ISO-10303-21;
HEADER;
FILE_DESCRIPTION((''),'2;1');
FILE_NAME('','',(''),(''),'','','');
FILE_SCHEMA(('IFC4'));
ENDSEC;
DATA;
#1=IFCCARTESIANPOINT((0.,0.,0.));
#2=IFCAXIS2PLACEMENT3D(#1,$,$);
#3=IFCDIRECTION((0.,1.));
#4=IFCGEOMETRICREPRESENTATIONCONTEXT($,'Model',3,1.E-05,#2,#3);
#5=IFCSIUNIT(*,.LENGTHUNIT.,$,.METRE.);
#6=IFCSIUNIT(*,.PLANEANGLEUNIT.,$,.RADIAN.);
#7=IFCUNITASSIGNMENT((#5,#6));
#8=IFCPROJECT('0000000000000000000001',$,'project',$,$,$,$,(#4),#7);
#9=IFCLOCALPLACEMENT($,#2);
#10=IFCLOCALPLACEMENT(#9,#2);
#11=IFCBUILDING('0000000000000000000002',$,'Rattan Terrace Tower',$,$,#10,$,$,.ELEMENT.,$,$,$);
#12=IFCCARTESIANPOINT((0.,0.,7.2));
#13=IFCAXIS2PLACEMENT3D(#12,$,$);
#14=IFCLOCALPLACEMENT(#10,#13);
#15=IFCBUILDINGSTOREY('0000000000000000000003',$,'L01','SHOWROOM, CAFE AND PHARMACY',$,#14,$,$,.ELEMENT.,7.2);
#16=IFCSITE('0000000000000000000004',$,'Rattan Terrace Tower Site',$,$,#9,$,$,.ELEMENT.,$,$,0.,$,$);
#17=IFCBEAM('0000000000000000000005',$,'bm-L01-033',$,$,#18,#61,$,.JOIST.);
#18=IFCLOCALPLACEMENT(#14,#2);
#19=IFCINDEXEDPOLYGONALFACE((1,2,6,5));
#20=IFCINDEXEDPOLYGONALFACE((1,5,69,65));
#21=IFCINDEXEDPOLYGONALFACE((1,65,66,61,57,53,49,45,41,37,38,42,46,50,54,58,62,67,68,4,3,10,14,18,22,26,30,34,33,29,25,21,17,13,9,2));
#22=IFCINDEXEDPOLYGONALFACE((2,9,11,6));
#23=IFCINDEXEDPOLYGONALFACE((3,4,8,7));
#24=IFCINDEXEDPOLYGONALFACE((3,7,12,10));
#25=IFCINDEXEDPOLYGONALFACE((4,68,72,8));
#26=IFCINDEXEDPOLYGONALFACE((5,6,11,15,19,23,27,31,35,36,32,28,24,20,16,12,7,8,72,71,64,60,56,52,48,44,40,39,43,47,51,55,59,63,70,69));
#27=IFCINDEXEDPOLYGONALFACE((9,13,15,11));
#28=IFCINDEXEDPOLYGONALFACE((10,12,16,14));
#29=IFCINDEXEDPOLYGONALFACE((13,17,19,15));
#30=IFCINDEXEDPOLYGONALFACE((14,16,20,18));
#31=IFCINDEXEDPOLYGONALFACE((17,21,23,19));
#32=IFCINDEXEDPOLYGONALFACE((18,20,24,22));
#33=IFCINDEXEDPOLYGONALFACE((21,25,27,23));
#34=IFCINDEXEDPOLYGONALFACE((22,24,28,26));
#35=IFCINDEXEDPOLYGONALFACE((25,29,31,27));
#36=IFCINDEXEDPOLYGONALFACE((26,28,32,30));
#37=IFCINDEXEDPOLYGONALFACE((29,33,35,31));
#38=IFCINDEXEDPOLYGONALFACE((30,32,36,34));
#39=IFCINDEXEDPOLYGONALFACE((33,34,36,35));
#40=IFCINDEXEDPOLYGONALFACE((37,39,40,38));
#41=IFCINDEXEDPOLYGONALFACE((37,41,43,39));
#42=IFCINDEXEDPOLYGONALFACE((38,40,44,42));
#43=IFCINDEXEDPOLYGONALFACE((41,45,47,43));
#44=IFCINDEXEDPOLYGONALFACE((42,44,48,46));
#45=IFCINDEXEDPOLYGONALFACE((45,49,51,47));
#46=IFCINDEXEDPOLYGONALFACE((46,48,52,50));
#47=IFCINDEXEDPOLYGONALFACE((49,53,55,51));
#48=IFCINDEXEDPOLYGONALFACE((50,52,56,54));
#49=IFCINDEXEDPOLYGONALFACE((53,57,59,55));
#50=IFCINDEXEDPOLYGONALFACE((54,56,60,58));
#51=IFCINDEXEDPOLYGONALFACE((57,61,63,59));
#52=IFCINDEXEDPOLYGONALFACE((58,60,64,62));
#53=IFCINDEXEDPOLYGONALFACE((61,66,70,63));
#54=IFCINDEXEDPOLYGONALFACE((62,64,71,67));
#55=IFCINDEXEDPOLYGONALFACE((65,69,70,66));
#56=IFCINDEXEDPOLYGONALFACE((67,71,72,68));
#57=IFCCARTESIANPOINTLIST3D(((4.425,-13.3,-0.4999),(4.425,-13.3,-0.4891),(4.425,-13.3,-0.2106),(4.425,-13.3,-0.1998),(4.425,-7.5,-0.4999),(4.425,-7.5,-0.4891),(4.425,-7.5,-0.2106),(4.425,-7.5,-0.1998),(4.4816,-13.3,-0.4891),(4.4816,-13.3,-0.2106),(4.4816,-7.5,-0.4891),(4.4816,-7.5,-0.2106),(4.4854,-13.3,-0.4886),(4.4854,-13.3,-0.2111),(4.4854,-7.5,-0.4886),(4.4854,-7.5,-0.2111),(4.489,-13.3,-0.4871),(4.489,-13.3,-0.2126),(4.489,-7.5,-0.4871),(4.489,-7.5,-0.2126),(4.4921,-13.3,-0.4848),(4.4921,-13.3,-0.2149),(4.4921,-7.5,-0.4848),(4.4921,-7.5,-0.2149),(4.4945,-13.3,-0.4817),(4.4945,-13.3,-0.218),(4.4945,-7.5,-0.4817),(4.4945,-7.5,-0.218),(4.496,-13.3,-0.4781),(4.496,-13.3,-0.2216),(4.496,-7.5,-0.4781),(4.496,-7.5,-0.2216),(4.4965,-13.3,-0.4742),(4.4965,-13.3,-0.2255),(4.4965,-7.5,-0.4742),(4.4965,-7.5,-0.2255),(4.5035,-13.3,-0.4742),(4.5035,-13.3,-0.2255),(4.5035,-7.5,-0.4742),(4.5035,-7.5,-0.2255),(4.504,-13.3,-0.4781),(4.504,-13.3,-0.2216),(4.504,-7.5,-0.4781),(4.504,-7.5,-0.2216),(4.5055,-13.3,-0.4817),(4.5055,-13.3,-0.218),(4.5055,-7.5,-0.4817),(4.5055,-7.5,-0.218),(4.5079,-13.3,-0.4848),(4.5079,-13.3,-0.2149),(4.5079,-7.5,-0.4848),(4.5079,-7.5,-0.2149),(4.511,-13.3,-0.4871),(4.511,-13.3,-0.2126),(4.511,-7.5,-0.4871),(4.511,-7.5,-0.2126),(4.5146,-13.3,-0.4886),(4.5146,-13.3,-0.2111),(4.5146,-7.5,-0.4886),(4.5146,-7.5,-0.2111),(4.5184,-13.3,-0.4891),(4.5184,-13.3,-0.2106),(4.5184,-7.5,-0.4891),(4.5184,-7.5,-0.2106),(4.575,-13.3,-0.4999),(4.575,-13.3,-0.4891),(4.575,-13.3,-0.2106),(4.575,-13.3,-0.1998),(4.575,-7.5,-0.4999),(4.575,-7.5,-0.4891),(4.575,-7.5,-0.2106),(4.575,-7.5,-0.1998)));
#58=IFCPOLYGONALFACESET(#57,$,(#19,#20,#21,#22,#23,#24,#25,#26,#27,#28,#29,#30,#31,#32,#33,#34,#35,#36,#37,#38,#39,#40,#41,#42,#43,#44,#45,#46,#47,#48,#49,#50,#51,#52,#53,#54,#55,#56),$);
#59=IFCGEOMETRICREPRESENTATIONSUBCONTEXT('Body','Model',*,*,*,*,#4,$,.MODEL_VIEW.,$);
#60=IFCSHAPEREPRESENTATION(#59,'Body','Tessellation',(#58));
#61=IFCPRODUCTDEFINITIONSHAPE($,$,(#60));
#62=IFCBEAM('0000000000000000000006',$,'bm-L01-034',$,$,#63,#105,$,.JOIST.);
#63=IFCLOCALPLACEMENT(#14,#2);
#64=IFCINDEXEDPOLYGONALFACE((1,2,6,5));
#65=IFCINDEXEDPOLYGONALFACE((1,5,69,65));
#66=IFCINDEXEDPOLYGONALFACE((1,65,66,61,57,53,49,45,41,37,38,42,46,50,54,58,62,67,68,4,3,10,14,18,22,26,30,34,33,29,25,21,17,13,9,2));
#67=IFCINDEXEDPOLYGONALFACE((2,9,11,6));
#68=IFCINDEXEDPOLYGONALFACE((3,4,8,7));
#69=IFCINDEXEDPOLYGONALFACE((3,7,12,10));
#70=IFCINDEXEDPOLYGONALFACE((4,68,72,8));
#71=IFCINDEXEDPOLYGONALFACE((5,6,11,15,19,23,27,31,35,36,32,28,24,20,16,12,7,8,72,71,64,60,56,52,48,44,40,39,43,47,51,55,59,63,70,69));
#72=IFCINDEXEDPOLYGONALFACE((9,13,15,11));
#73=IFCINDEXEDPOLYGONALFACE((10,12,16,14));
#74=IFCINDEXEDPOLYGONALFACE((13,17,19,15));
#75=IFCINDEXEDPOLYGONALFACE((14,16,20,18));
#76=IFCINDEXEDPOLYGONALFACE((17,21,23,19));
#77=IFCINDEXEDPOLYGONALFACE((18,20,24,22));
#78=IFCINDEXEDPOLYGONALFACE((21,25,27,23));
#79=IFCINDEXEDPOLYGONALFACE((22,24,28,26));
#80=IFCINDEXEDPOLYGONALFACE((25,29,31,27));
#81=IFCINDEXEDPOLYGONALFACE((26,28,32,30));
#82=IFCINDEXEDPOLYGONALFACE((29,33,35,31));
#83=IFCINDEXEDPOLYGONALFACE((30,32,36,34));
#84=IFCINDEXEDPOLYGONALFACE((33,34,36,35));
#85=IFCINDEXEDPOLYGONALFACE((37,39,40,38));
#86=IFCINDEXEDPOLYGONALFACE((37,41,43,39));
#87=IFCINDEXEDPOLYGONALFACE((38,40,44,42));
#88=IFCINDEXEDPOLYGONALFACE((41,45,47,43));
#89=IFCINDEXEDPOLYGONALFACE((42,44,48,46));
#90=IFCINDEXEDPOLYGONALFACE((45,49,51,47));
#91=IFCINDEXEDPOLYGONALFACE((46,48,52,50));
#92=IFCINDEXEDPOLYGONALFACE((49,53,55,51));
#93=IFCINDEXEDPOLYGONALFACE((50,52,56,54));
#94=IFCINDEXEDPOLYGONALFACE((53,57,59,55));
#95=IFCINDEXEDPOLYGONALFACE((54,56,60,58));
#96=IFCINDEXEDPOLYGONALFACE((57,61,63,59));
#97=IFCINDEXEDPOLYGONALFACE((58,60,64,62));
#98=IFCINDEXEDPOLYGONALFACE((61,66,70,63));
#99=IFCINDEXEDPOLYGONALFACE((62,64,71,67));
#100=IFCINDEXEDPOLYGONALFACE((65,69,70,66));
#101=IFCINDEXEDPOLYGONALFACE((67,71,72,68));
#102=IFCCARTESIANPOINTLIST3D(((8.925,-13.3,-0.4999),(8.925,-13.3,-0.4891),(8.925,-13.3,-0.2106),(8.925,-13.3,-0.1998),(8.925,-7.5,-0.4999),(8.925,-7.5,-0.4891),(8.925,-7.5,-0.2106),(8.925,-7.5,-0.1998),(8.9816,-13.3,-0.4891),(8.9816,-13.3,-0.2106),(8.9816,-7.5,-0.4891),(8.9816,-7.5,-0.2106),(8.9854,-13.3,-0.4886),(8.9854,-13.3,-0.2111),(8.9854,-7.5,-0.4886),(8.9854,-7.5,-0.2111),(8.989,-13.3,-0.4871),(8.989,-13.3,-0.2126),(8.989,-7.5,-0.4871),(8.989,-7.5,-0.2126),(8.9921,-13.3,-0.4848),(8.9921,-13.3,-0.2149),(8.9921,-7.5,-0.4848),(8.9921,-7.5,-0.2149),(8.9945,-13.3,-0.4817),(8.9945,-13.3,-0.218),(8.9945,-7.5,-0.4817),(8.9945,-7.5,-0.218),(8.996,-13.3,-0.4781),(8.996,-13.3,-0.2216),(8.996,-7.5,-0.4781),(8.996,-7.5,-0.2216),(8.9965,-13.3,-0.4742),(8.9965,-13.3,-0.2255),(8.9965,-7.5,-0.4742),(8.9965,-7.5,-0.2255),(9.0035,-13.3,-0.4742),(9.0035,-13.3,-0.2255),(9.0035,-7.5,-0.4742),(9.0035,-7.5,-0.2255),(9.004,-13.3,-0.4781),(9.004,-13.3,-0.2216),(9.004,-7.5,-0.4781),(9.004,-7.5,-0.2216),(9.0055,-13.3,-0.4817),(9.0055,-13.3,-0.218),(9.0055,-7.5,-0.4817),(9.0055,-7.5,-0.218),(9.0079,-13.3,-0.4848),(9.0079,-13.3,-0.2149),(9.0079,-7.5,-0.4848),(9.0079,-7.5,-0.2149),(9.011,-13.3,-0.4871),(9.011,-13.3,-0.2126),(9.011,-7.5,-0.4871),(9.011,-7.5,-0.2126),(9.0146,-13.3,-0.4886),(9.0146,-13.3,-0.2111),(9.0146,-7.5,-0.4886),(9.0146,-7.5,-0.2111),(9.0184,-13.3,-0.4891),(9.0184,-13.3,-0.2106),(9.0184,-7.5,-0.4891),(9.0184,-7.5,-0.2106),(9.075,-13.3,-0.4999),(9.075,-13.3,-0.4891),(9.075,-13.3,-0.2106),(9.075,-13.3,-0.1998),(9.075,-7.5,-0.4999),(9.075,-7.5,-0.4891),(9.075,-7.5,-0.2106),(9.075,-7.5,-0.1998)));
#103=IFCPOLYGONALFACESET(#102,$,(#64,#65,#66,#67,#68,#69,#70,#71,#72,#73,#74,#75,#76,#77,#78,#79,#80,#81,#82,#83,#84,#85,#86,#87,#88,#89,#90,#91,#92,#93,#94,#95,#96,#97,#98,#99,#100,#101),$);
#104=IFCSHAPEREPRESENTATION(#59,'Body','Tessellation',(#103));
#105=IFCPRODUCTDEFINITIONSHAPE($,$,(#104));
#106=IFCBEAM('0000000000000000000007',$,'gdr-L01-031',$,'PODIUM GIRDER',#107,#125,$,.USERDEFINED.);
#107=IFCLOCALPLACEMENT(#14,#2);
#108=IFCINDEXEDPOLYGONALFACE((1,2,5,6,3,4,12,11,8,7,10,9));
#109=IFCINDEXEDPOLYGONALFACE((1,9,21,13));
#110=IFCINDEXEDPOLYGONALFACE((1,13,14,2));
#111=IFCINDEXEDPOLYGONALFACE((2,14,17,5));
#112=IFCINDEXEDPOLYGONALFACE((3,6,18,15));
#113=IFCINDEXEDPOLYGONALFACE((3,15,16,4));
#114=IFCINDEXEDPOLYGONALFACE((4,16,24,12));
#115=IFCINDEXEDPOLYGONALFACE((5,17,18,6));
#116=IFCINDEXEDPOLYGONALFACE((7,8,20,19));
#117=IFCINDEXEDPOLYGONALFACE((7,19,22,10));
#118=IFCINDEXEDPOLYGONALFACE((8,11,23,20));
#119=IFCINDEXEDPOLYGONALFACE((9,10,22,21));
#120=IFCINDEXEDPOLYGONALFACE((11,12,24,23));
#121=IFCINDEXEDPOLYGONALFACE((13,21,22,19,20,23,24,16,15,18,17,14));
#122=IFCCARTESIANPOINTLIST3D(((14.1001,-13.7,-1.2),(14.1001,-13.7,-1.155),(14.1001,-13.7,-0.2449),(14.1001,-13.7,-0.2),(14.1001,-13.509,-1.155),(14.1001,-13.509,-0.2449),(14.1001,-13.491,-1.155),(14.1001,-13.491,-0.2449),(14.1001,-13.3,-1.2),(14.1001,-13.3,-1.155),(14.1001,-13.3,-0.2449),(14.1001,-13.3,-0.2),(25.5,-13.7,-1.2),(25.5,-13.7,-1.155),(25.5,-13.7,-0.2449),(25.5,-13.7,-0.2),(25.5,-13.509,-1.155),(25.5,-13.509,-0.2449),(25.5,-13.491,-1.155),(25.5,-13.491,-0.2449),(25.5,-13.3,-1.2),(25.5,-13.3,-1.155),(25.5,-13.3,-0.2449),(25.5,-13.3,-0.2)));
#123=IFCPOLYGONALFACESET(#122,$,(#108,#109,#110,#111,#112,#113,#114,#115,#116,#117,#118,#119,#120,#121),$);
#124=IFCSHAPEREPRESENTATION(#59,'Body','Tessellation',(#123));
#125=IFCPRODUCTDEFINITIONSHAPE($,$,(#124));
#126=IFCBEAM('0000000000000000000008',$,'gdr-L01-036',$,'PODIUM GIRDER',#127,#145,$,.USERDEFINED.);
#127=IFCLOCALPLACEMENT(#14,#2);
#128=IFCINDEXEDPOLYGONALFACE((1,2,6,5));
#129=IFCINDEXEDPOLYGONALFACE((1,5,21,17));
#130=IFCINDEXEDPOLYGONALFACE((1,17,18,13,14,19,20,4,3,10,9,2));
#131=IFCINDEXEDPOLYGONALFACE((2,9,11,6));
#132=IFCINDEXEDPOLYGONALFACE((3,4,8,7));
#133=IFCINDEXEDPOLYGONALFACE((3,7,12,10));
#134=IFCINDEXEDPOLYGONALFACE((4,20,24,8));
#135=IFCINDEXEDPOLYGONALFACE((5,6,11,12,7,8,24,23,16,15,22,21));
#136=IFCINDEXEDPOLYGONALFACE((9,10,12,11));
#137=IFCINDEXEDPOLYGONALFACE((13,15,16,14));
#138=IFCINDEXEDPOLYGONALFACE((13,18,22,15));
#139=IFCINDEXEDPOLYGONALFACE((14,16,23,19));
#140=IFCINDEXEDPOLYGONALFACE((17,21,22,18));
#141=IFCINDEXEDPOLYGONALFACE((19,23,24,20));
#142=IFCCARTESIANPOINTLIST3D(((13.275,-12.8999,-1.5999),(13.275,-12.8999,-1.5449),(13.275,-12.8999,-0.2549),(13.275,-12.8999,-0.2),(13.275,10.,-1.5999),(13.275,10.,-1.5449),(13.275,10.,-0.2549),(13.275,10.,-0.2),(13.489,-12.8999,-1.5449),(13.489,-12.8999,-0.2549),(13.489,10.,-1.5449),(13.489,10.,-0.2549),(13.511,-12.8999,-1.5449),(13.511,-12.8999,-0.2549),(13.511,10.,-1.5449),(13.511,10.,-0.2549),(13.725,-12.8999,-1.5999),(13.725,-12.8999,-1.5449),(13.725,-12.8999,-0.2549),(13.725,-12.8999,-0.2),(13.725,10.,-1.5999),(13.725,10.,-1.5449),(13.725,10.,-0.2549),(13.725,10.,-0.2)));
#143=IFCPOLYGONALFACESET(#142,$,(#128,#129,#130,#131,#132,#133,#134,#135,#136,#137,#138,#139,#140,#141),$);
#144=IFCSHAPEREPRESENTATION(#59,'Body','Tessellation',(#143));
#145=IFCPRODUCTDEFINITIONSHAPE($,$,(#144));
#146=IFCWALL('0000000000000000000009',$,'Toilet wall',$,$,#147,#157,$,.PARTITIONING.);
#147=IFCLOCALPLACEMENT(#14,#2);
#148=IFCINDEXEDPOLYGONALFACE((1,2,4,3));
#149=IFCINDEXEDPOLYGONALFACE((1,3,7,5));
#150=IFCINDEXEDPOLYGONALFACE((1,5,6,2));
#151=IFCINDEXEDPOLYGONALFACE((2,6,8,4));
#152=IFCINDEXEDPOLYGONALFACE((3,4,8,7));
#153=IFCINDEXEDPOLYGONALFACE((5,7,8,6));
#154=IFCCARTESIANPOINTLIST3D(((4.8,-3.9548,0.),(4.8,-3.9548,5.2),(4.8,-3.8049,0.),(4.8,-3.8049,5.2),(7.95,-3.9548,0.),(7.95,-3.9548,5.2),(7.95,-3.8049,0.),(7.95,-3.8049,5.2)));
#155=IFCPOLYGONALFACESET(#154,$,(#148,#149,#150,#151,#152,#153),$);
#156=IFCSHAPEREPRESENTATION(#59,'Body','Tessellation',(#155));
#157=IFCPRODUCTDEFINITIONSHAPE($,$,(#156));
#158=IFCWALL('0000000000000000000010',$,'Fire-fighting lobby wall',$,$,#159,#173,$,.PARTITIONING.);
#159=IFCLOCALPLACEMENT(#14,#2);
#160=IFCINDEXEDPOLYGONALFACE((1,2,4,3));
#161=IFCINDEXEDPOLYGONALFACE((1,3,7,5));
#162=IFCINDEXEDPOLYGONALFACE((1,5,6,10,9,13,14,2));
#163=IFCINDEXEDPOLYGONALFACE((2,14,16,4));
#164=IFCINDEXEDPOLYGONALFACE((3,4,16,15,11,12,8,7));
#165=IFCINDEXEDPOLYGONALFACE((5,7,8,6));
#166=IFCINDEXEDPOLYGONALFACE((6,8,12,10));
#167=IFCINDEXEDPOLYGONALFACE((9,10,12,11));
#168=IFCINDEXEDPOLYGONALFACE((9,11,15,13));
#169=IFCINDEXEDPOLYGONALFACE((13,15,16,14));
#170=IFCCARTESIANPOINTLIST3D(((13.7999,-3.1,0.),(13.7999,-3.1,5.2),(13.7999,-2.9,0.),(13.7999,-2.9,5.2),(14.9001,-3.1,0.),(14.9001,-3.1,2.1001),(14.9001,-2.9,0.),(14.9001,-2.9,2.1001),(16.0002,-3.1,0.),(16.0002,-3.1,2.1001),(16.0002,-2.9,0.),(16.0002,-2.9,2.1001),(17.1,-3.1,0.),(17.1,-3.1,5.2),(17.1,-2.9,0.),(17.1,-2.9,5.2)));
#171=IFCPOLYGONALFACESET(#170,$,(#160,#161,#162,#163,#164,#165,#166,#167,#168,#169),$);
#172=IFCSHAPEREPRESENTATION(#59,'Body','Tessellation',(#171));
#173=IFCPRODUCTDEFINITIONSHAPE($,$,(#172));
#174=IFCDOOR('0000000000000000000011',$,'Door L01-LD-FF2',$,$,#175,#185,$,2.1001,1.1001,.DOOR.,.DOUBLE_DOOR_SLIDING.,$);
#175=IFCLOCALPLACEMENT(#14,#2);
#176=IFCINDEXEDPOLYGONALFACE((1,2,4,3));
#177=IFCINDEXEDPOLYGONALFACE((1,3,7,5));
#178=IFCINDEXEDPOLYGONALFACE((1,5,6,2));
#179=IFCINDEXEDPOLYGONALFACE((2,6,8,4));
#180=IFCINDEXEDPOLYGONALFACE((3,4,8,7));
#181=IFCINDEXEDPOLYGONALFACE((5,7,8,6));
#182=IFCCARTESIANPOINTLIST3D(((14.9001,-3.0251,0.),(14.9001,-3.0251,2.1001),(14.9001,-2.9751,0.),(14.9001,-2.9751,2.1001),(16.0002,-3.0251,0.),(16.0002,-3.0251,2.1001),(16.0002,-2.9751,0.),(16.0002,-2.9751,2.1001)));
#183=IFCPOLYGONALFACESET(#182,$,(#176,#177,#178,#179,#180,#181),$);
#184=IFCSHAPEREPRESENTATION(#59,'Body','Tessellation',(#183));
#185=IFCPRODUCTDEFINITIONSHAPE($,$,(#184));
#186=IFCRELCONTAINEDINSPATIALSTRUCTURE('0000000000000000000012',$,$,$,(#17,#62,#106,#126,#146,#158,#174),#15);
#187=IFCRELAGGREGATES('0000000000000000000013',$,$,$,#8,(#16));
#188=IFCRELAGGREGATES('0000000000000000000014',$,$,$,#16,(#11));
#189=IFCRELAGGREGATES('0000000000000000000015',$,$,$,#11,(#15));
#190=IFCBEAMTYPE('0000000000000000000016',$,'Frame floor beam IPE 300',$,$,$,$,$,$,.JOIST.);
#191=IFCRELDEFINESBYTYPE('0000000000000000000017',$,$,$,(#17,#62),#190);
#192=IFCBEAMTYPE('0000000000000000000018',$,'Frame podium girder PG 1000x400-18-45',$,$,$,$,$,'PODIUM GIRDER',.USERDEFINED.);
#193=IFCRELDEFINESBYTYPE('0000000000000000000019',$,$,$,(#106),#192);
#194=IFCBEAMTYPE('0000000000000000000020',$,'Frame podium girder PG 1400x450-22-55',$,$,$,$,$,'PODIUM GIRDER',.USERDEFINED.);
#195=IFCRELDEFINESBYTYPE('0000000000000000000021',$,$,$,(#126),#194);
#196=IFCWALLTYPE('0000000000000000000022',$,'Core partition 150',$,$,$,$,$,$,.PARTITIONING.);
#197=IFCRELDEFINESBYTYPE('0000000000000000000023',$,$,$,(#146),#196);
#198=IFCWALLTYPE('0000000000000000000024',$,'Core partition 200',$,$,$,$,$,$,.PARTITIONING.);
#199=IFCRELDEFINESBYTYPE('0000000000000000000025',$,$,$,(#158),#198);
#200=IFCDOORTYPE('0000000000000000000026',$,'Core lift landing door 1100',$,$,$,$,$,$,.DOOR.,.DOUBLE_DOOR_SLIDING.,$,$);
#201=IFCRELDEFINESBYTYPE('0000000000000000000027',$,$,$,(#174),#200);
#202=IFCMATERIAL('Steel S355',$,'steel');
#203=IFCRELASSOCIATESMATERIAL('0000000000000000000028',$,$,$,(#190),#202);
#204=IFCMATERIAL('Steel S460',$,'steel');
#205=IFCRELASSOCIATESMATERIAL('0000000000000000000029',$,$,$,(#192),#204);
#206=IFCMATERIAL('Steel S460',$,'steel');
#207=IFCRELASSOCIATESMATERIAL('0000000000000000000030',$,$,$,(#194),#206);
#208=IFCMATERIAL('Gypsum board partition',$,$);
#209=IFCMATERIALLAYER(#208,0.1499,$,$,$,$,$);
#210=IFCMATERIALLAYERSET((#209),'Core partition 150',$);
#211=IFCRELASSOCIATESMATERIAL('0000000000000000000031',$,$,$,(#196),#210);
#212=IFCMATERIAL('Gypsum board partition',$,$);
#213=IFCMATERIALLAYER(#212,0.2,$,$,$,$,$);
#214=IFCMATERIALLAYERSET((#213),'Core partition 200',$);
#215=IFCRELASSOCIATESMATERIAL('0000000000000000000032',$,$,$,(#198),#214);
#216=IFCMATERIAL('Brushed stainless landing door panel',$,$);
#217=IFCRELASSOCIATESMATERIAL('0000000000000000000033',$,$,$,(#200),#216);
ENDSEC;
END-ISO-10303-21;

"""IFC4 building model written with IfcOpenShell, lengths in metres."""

from ifc_helpers import new_model, si_unit, direction, frame, frame_2d, origin, origin_2d, place, context, subcontext, project, spatial, rectangle, i_section, extrude, material, layer, layer_set, material_profile, profile_set, type_object, element, fill, save


model = new_model("IFC4")

# Units and contexts
model_context = context("Model", 3, precision=1e-05, world=origin(), true_north=direction((0.0, 1.0)))
body_context = subcontext(model_context, "Body", "Model", "MODEL_VIEW")
ifc_project = project(units=[si_unit("LENGTHUNIT", "METRE"), si_unit("PLANEANGLEUNIT", "RADIAN")], contexts=[model_context])

# Site, building, storey
site_placement = place(None, origin())
site = spatial("IfcSite", under=ifc_project, at=site_placement, Name="Rattan Terrace Tower Site", CompositionType="ELEMENT", RefElevation=0.0)
building_placement = place(site_placement, origin())
building = spatial("IfcBuilding", under=site, at=building_placement, Name="Rattan Terrace Tower", CompositionType="ELEMENT")
storey_placement = place(building_placement, frame((0.0, 0.0, 7.2)))
storey = spatial("IfcBuildingStorey", under=building, at=storey_placement, Name="L01", Description="SHOWROOM, CAFE AND PHARMACY", CompositionType="ELEMENT", Elevation=7.2)

# Beams
ifc_material_1 = material(Name="Steel S355", Category="steel")
ifc_material_profile_1 = material_profile(ifc_material_1, i_section(OverallWidth=0.1499, OverallDepth=0.3, WebThickness=0.0071, FlangeThickness=0.0107, FilletRadius=0.0149, at=origin_2d()), Name="IPE 300")
ifc_profile_set_1 = profile_set([ifc_material_profile_1], Name="Steel S355")
beam_type_1 = type_object("IfcBeamType", Name="Frame floor beam IPE 300", PredefinedType="JOIST", material=ifc_profile_set_1)
for number, where, z_axis, x_axis, name in (
    (1, (4.5, -13.3, -0.3499), (0.0, 1.0, 0.0), (-1.0, 0.0, 0.0), "bm-L01-033"),
    (2, (9.0, -13.3, -0.3499), (0.0, 1.0, 0.0), (-1.0, 0.0, 0.0), "bm-L01-034"),
):
    element("IfcBeam", number, at=place(storey_placement, frame(where, z_axis=z_axis, x_axis=x_axis)), inside=storey, type_object=beam_type_1, Name=name, PredefinedType="JOIST", context=body_context, shape_type="SweptSolid", body=[
        extrude(i_section(OverallWidth=0.1499, OverallDepth=0.3, WebThickness=0.0071, FlangeThickness=0.0107, FilletRadius=0.0149, at=origin_2d()), origin(), (0.0, 0.0, 1.0), 5.8),
    ])
ifc_material_2 = material(Name="Steel S460", Category="steel")
ifc_material_profile_2 = material_profile(ifc_material_2, i_section(OverallWidth=0.3999, OverallDepth=1.0, WebThickness=0.0181, FlangeThickness=0.0449, at=origin_2d()), Name="PG 1000x400-18-45")
ifc_profile_set_2 = profile_set([ifc_material_profile_2], Name="Steel S460")
beam_type_2 = type_object("IfcBeamType", Name="Frame podium girder PG 1000x400-18-45", ElementType="PODIUM GIRDER", PredefinedType="USERDEFINED", material=ifc_profile_set_2)
beam_1_placement = place(storey_placement, frame((14.1001, -13.5, -0.7), z_axis=(1.0, 0.0, 0.0), x_axis=(0.0, 1.0, 0.0)))
element("IfcBeam", 3, at=beam_1_placement, inside=storey, type_object=beam_type_2, Name="gdr-L01-031", ObjectType="PODIUM GIRDER", PredefinedType="USERDEFINED", context=body_context, shape_type="SweptSolid", body=[
    extrude(i_section(OverallWidth=0.3999, OverallDepth=1.0, WebThickness=0.0181, FlangeThickness=0.0449, at=origin_2d()), origin(), (0.0, 0.0, 1.0), 11.3999),
])
ifc_material_3 = material(Name="Steel S460", Category="steel")
ifc_material_profile_3 = material_profile(ifc_material_3, i_section(OverallWidth=0.45, OverallDepth=1.3999, WebThickness=0.022, FlangeThickness=0.0549, at=origin_2d()), Name="PG 1400x450-22-55")
ifc_profile_set_3 = profile_set([ifc_material_profile_3], Name="Steel S460")
beam_type_3 = type_object("IfcBeamType", Name="Frame podium girder PG 1400x450-22-55", ElementType="PODIUM GIRDER", PredefinedType="USERDEFINED", material=ifc_profile_set_3)
beam_2_placement = place(storey_placement, frame((13.5, -12.8999, -0.8999), z_axis=(0.0, 1.0, 0.0), x_axis=(-1.0, 0.0, 0.0)))
element("IfcBeam", 4, at=beam_2_placement, inside=storey, type_object=beam_type_3, Name="gdr-L01-036", ObjectType="PODIUM GIRDER", PredefinedType="USERDEFINED", context=body_context, shape_type="SweptSolid", body=[
    extrude(i_section(OverallWidth=0.45, OverallDepth=1.3999, WebThickness=0.022, FlangeThickness=0.0549, at=origin_2d()), origin(), (0.0, 0.0, 1.0), 22.8999),
])

# Wall
ifc_material_4 = material(Name="Gypsum board partition")
ifc_layer_1 = layer(ifc_material_4, 0.1499)
ifc_layer_set_1 = layer_set([ifc_layer_1], Name="Core partition 150")
wall_type_1 = type_object("IfcWallType", Name="Core partition 150", PredefinedType="PARTITIONING", material=ifc_layer_set_1)
wall_1_placement = place(storey_placement, frame((4.8, -3.8799, 0.0), z_axis=(0.0, 0.0, 1.0), x_axis=(1.0, 0.0, 0.0)))
element("IfcWall", 5, at=wall_1_placement, inside=storey, type_object=wall_type_1, Name="Toilet wall", PredefinedType="PARTITIONING", context=body_context, shape_type="SweptSolid", body=[
    extrude(rectangle(XDim=3.1499, YDim=0.1499, at=frame_2d((1.575, 0.0))), origin(), (0.0, 0.0, 1.0), 5.2),
])

# Wall, opening, door
ifc_material_5 = material(Name="Gypsum board partition")
ifc_layer_2 = layer(ifc_material_5, 0.2)
ifc_layer_set_2 = layer_set([ifc_layer_2], Name="Core partition 200")
wall_type_2 = type_object("IfcWallType", Name="Core partition 200", PredefinedType="PARTITIONING", material=ifc_layer_set_2)
wall_2_placement = place(storey_placement, frame((13.8, -3.0, 0.0), z_axis=(0.0, 0.0, 1.0), x_axis=(1.0, 0.0, 0.0)))
wall_2 = element("IfcWall", 6, at=wall_2_placement, inside=storey, type_object=wall_type_2, Name="Fire-fighting lobby wall", PredefinedType="PARTITIONING", context=body_context, shape_type="SweptSolid", body=[
    extrude(rectangle(XDim=3.3, YDim=0.2, at=frame_2d((1.6499, 0.0))), origin(), (0.0, 0.0, 1.0), 5.2),
])
opening_1_placement = place(wall_2_placement, frame((1.1001, 0.0, 0.0)))
opening_1 = element("IfcOpeningElement", 7, at=opening_1_placement, cuts=wall_2, PredefinedType="OPENING", context=body_context, shape_type="SweptSolid", body=[
    extrude(rectangle(XDim=1.1001, YDim=2.1001, at=frame_2d((0.55, 1.05))), frame((0.0, 0.1106, 0.0), z_axis=(0.0, -1.0, 0.0), x_axis=(1.0, 0.0, 0.0)), (0.0, 0.0, 1.0), 0.2209),
])
ifc_material_6 = material(Name="Brushed stainless landing door panel")
door_type_1 = type_object("IfcDoorType", Name="Core lift landing door 1100", OperationType="DOUBLE_DOOR_SLIDING", PredefinedType="DOOR", material=ifc_material_6)
door_1_placement = place(opening_1_placement, origin())
door_1 = element("IfcDoor", 8, at=door_1_placement, inside=storey, type_object=door_type_1, Name="Door L01-LD-FF2", OperationType="DOUBLE_DOOR_SLIDING", OverallHeight=2.1001, OverallWidth=1.1001, PredefinedType="DOOR", context=body_context, shape_type="SweptSolid", body=[
    extrude(rectangle(XDim=1.1001, YDim=2.1001, at=frame_2d((0.55, 1.05))), frame((0.0, 0.0249, 0.0), z_axis=(0.0, -1.0, 0.0), x_axis=(1.0, 0.0, 0.0)), (0.0, 0.0, 1.0), 0.05),
])
fill(opening_1, door_1)

save(model, "model.ifc")
